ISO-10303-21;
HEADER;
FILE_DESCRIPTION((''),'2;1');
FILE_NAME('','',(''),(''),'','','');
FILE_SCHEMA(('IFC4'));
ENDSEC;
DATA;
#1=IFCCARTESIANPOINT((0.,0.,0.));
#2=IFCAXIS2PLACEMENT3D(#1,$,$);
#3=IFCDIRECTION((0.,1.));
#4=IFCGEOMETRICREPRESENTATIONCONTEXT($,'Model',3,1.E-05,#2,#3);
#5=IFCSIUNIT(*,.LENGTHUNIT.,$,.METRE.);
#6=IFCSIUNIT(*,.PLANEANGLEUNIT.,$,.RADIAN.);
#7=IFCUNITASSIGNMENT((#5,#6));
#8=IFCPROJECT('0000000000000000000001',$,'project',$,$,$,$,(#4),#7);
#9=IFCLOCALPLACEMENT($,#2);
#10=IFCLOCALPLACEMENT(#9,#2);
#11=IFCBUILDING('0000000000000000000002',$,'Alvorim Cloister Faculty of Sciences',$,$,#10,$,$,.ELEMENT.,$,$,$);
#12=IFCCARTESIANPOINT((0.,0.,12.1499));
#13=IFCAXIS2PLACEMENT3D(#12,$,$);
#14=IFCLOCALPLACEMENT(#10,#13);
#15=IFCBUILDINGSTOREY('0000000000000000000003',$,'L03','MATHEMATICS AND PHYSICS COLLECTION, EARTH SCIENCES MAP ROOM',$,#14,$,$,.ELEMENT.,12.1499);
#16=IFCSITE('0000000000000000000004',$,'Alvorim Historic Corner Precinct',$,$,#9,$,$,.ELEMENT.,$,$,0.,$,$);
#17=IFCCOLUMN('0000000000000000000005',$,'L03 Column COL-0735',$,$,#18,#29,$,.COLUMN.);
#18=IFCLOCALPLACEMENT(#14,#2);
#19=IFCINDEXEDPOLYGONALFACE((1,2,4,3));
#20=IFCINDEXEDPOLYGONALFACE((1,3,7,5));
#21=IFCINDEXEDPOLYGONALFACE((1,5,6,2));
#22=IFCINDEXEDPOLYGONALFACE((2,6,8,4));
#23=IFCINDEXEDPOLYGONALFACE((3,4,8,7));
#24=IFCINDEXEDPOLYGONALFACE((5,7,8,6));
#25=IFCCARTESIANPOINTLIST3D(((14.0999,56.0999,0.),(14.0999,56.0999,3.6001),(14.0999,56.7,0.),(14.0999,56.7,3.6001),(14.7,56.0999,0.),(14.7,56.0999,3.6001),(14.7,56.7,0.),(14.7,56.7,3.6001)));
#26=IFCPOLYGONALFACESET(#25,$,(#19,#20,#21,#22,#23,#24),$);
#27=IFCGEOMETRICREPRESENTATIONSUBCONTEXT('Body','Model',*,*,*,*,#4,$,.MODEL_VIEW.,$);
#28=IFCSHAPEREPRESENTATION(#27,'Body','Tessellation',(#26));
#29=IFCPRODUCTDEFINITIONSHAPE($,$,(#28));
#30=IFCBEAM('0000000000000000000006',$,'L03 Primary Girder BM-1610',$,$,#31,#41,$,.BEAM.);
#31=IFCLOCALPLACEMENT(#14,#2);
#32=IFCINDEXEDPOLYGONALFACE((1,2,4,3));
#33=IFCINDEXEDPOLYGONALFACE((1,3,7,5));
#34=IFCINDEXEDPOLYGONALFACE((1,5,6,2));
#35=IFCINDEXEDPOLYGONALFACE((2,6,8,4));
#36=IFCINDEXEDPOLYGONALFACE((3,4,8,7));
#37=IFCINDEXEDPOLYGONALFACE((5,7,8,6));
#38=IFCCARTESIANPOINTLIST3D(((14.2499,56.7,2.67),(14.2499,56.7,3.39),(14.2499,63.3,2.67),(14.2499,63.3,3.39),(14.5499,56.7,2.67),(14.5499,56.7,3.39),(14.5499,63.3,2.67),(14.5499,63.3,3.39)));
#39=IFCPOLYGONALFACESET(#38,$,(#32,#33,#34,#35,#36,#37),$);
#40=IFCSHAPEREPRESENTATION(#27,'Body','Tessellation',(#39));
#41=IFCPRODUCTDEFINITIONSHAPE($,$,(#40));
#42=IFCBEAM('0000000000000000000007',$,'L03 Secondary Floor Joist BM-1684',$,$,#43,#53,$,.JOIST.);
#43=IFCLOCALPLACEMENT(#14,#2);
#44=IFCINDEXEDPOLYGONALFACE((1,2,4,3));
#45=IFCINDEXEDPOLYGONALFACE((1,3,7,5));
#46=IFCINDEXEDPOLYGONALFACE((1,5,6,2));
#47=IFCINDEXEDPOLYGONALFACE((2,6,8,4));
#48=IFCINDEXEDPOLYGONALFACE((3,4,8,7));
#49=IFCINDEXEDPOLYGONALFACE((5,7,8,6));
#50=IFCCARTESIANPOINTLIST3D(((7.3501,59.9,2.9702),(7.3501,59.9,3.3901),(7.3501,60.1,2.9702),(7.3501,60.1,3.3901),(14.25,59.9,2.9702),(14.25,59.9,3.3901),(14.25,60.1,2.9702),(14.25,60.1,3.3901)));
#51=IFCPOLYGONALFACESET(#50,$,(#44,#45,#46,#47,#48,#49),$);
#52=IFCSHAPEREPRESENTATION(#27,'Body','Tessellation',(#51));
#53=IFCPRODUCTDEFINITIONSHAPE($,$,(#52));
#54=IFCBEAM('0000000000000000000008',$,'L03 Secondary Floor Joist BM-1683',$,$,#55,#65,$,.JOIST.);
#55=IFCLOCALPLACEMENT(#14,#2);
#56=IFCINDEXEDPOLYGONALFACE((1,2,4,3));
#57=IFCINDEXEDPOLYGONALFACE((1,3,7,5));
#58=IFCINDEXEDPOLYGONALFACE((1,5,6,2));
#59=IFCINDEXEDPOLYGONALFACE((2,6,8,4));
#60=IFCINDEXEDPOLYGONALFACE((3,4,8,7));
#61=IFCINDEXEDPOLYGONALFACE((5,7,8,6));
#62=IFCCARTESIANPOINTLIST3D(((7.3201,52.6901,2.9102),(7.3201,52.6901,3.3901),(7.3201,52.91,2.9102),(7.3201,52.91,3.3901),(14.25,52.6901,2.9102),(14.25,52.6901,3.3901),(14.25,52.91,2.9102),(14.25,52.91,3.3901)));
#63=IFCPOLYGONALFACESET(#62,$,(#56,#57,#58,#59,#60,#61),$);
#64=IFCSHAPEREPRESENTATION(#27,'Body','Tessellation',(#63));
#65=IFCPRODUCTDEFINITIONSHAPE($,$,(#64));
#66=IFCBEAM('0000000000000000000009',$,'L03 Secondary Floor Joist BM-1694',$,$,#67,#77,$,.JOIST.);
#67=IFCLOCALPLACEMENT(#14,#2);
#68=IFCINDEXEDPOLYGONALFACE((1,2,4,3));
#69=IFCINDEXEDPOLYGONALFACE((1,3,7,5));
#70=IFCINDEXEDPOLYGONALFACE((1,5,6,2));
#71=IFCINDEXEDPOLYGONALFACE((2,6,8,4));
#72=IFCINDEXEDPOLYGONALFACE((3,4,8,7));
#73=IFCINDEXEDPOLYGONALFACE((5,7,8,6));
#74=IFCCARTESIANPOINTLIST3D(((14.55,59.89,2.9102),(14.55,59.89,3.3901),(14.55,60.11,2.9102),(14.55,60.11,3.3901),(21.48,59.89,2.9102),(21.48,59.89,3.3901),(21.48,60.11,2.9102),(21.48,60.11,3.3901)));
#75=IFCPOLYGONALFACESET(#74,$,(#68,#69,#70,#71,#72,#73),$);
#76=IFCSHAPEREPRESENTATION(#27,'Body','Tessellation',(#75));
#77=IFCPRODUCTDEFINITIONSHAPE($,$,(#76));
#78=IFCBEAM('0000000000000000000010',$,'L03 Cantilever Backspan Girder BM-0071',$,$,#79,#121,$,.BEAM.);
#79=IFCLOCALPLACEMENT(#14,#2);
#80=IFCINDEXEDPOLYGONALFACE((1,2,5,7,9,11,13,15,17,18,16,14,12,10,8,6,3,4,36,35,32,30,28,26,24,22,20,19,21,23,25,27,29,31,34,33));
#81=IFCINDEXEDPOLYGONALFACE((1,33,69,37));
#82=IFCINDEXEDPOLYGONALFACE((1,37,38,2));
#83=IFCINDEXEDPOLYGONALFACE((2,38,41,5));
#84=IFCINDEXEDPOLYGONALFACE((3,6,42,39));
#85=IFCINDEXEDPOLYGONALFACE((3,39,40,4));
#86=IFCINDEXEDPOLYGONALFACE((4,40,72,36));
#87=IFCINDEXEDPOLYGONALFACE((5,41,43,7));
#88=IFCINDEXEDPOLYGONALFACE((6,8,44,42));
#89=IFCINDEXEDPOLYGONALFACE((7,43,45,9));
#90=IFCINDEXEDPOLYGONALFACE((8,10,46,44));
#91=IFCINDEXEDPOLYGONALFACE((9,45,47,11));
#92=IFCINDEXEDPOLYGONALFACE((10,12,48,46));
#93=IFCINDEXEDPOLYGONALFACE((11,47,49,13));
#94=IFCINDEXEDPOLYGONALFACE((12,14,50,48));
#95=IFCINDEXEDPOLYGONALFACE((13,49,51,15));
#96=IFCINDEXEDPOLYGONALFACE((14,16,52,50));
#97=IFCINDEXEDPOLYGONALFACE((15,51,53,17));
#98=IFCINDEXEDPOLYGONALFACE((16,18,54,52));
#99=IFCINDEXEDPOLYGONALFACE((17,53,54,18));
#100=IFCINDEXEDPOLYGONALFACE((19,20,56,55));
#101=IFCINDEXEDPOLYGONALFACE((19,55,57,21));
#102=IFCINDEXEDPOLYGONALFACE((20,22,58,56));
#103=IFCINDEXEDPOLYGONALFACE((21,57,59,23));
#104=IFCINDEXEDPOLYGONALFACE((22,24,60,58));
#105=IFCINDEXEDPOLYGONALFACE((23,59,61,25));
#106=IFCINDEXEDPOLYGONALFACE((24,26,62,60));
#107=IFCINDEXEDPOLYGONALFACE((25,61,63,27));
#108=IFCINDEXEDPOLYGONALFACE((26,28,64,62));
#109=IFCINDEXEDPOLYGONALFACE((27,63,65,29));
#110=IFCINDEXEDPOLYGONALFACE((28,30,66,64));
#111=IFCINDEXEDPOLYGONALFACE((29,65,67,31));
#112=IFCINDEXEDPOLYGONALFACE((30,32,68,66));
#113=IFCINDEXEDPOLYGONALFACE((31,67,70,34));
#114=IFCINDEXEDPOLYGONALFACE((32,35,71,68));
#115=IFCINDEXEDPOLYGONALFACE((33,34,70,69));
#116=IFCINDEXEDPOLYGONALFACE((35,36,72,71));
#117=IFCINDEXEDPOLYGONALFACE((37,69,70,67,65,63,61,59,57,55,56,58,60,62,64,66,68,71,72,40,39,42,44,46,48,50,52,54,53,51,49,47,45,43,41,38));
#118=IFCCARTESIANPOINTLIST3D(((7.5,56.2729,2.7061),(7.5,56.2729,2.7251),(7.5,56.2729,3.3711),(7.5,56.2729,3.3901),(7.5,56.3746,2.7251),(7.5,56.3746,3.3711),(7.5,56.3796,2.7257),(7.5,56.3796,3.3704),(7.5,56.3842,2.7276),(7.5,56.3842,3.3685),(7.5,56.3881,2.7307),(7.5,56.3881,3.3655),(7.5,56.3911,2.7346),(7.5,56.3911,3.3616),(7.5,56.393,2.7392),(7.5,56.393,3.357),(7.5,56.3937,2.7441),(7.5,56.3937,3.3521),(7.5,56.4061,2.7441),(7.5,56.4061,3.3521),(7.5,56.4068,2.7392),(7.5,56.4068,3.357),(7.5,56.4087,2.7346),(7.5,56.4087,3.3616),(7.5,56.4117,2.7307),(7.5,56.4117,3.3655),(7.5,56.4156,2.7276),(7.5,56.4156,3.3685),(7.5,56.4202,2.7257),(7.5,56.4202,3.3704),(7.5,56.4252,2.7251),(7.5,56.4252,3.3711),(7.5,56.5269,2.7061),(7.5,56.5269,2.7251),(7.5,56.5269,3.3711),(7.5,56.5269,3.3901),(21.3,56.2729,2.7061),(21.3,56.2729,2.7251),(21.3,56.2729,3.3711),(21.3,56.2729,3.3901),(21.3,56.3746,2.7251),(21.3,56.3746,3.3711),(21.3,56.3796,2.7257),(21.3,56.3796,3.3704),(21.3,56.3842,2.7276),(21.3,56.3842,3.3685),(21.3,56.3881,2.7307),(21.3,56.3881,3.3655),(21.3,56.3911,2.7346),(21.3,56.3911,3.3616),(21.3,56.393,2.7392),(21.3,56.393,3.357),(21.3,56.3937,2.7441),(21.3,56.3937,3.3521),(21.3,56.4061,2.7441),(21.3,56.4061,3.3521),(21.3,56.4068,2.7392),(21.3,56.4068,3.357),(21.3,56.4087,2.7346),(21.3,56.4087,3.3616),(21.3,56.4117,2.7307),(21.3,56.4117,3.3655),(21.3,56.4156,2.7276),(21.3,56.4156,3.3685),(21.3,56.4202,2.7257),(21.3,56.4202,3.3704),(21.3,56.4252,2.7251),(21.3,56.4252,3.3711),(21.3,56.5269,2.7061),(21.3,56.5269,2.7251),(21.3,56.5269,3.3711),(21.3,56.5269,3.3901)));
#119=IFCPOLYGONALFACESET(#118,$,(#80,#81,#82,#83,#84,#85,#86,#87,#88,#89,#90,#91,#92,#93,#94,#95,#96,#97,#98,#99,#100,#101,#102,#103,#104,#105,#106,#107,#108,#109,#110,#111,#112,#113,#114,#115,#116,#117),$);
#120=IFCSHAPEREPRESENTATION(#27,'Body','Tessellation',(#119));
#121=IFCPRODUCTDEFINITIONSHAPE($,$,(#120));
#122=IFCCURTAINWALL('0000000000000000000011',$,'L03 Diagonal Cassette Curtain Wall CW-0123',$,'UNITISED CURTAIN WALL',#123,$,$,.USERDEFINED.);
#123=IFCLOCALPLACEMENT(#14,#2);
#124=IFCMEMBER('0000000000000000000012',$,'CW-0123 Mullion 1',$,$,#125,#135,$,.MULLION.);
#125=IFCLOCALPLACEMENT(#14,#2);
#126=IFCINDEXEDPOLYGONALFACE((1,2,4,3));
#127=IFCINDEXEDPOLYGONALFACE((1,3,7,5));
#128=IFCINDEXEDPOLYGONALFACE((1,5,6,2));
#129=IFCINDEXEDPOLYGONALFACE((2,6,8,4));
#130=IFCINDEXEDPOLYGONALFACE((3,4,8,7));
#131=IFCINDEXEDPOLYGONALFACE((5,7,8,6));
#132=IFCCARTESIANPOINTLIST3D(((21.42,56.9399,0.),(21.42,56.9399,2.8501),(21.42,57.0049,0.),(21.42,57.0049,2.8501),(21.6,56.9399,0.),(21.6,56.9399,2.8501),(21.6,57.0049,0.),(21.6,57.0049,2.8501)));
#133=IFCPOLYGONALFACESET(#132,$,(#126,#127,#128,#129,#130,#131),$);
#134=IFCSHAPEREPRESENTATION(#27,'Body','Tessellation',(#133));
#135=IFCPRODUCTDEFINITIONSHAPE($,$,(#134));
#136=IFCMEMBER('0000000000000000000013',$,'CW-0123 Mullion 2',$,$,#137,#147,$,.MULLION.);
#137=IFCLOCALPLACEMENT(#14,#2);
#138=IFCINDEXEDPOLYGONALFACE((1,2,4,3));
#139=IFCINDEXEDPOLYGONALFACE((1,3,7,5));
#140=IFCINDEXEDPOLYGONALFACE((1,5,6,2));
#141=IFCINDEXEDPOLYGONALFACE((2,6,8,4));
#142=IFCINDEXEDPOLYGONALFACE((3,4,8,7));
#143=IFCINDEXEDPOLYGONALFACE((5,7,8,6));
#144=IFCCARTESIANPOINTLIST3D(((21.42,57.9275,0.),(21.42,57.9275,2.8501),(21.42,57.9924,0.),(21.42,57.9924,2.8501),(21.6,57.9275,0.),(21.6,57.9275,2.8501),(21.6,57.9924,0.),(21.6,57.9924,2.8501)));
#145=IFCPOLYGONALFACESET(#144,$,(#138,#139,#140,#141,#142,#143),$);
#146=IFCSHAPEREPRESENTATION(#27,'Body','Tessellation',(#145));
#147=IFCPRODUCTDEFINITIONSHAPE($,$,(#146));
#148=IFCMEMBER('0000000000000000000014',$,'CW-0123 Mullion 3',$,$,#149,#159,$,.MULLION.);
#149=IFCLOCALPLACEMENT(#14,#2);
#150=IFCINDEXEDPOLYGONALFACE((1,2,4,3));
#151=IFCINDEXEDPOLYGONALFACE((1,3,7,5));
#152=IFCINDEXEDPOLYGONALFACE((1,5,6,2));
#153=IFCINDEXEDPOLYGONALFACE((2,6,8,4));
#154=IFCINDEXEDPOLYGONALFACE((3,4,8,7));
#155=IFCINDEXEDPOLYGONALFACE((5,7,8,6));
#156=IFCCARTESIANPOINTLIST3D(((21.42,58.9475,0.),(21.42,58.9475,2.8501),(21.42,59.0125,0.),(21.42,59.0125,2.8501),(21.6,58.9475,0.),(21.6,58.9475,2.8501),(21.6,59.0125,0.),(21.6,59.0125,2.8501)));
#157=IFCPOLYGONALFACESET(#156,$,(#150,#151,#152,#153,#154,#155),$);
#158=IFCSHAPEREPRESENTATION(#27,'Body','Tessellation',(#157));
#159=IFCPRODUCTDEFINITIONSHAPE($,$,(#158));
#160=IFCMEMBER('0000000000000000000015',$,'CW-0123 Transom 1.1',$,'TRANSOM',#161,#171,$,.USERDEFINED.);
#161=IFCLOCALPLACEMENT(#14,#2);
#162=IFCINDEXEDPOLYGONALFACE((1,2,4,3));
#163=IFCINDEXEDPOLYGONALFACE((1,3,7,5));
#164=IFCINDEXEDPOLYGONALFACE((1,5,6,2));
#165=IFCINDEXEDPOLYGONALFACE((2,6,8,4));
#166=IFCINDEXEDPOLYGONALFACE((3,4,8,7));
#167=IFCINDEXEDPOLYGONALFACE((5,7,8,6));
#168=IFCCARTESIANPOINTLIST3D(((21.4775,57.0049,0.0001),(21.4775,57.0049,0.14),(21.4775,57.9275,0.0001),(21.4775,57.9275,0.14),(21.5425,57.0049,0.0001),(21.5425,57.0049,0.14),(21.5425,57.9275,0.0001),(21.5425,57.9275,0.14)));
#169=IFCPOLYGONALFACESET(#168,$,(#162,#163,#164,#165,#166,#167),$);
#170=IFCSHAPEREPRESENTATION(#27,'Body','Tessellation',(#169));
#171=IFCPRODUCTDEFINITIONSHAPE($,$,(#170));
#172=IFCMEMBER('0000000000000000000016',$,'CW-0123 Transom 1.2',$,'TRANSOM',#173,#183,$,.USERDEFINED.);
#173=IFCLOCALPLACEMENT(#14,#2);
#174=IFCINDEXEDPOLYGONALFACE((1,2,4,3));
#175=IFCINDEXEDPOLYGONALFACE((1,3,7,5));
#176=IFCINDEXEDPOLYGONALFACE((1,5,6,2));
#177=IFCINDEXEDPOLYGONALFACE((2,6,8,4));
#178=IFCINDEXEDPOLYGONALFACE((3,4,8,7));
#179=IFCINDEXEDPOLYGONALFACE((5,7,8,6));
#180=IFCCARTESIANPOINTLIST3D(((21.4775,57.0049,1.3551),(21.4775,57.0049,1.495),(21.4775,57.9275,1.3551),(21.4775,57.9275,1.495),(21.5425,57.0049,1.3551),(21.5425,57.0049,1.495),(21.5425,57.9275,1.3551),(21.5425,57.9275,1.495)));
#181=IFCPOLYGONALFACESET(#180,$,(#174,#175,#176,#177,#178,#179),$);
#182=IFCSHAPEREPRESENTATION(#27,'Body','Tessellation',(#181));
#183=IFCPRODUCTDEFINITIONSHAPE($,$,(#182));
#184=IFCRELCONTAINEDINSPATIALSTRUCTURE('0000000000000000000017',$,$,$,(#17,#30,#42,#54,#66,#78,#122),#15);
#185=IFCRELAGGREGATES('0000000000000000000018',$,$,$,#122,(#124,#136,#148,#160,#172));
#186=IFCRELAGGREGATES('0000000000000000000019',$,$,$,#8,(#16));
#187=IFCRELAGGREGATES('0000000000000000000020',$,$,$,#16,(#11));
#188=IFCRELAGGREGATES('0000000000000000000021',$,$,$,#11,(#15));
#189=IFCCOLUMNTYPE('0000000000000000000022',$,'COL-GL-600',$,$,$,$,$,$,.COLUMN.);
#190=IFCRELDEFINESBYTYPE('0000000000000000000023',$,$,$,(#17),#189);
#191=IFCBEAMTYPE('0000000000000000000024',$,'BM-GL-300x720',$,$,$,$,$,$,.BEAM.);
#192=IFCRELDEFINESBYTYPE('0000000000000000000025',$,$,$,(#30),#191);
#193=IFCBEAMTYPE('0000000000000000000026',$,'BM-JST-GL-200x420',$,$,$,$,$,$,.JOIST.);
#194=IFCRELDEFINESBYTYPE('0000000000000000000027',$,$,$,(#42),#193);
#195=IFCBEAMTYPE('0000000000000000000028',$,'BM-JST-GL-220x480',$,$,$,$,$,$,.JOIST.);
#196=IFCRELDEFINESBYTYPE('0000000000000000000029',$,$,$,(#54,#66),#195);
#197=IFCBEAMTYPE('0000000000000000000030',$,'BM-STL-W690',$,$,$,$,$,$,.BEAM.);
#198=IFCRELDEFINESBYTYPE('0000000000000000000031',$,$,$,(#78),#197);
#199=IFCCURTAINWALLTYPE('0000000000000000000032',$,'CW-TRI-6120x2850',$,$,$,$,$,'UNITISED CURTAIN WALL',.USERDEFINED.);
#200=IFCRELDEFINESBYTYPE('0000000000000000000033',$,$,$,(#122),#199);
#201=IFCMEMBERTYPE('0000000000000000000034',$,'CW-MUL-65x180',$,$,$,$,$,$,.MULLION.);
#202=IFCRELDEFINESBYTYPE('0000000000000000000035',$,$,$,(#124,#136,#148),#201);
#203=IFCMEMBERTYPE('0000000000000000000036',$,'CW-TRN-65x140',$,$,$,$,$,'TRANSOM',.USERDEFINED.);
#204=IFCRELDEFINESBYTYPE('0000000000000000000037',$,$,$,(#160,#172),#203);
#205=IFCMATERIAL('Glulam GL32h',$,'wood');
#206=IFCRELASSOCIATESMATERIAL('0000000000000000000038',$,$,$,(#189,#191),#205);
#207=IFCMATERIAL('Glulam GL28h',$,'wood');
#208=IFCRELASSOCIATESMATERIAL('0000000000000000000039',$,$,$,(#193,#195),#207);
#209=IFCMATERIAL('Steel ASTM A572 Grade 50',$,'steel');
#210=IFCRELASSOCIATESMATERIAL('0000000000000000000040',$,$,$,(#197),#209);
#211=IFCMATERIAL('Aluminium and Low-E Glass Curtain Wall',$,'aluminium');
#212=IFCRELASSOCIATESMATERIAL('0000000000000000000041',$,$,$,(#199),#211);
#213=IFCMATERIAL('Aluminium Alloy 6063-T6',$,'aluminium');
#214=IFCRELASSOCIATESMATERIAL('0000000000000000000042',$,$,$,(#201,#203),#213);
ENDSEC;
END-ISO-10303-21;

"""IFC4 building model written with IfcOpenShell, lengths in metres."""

from ifc_helpers import new_model, si_unit, direction, frame, origin, origin_2d, place, context, subcontext, project, spatial, rectangle, i_section, extrude, material, material_profile, profile_set, type_object, element, aggregate, save


model = new_model("IFC4")

# Units and contexts
model_context = context("Model", 3, precision=1e-05, world=origin(), true_north=direction((0.0, 1.0)))
body_context = subcontext(model_context, "Body", "Model", "MODEL_VIEW")
ifc_project = project(units=[si_unit("LENGTHUNIT", "METRE"), si_unit("PLANEANGLEUNIT", "RADIAN")], contexts=[model_context])

# Site, building, storey
site_placement = place(None, origin())
site = spatial("IfcSite", under=ifc_project, at=site_placement, Name="Alvorim Historic Corner Precinct", CompositionType="ELEMENT", RefElevation=0.0)
building_placement = place(site_placement, origin())
building = spatial("IfcBuilding", under=site, at=building_placement, Name="Alvorim Cloister Faculty of Sciences", CompositionType="ELEMENT")
storey_placement = place(building_placement, frame((0.0, 0.0, 12.1499)))
storey = spatial("IfcBuildingStorey", under=building, at=storey_placement, Name="L03", Description="MATHEMATICS AND PHYSICS COLLECTION, EARTH SCIENCES MAP ROOM", CompositionType="ELEMENT", Elevation=12.1499)

# Column
ifc_material_1 = material(Name="Glulam GL32h", Category="wood")
ifc_material_profile_1 = material_profile(ifc_material_1, rectangle(XDim=0.6001, YDim=0.6001, at=origin_2d()), Name="GL32-COL-600x600")
ifc_profile_set_1 = profile_set([ifc_material_profile_1], Name="Glulam GL32h")
column_type = type_object("IfcColumnType", Name="COL-GL-600", PredefinedType="COLUMN", material=ifc_profile_set_1)
column_placement = place(storey_placement, frame((14.3999, 56.3999, 0.0), z_axis=(0.0, 0.0, 1.0), x_axis=(1.0, 0.0, 0.0)))
element("IfcColumn", 1, at=column_placement, inside=storey, type_object=column_type, Name="L03 Column COL-0735", PredefinedType="COLUMN", context=body_context, shape_type="SweptSolid", body=[
    extrude(rectangle(XDim=0.6001, YDim=0.6001, at=origin_2d()), origin(), (0.0, 0.0, 1.0), 3.6001),
])

# Beams
ifc_material_profile_2 = material_profile(ifc_material_1, rectangle(XDim=0.3, YDim=0.72, at=origin_2d()), Name="GL32-BM-300x720")
ifc_profile_set_2 = profile_set([ifc_material_profile_2], Name="Glulam GL32h")
beam_type_1 = type_object("IfcBeamType", Name="BM-GL-300x720", PredefinedType="BEAM", material=ifc_profile_set_2)
beam_1_placement = place(storey_placement, frame((14.3999, 56.7, 3.03), z_axis=(0.0, 1.0, 0.0), x_axis=(-1.0, 0.0, 0.0)))
element("IfcBeam", 2, at=beam_1_placement, inside=storey, type_object=beam_type_1, Name="L03 Primary Girder BM-1610", PredefinedType="BEAM", context=body_context, shape_type="SweptSolid", body=[
    extrude(rectangle(XDim=0.3, YDim=0.72, at=origin_2d()), origin(), (0.0, 0.0, 1.0), 6.6001),
])
ifc_material_2 = material(Name="Glulam GL28h", Category="wood")
ifc_material_profile_3 = material_profile(ifc_material_2, rectangle(XDim=0.2, YDim=0.4199, at=origin_2d()), Name="GL28-JST-200x420")
ifc_profile_set_3 = profile_set([ifc_material_profile_3], Name="Glulam GL28h")
beam_type_2 = type_object("IfcBeamType", Name="BM-JST-GL-200x420", PredefinedType="JOIST", material=ifc_profile_set_3)
beam_2_placement = place(storey_placement, frame((7.3501, 60.0, 3.1802), z_axis=(1.0, 0.0, 0.0), x_axis=(0.0, 1.0, 0.0)))
element("IfcBeam", 3, at=beam_2_placement, inside=storey, type_object=beam_type_2, Name="L03 Secondary Floor Joist BM-1684", PredefinedType="JOIST", context=body_context, shape_type="SweptSolid", body=[
    extrude(rectangle(XDim=0.2, YDim=0.4199, at=origin_2d()), origin(), (0.0, 0.0, 1.0), 6.8999),
])
ifc_material_profile_4 = material_profile(ifc_material_2, rectangle(XDim=0.22, YDim=0.48, at=origin_2d()), Name="GL28-JST-220x480")
ifc_profile_set_4 = profile_set([ifc_material_profile_4], Name="Glulam GL28h")
beam_type_3 = type_object("IfcBeamType", Name="BM-JST-GL-220x480", PredefinedType="JOIST", material=ifc_profile_set_4)
for number, where, z_axis, x_axis, name in (
    (4, (7.3201, 52.8, 3.1501), (1.0, 0.0, 0.0), (0.0, 1.0, 0.0), "L03 Secondary Floor Joist BM-1683"),
    (5, (14.55, 60.0, 3.1501), (1.0, 0.0, 0.0), (0.0, 1.0, 0.0), "L03 Secondary Floor Joist BM-1694"),
):
    element("IfcBeam", number, at=place(storey_placement, frame(where, z_axis=z_axis, x_axis=x_axis)), inside=storey, type_object=beam_type_3, Name=name, PredefinedType="JOIST", context=body_context, shape_type="SweptSolid", body=[
        extrude(rectangle(XDim=0.22, YDim=0.48, at=origin_2d()), origin(), (0.0, 0.0, 1.0), 6.9299),
    ])
ifc_material_3 = material(Name="Steel ASTM A572 Grade 50", Category="steel")
ifc_material_profile_5 = material_profile(ifc_material_3, i_section(OverallWidth=0.2539, OverallDepth=0.6841, WebThickness=0.0125, FlangeThickness=0.019, FilletRadius=0.019, at=origin_2d()), Name="W690x140.0")
ifc_profile_set_5 = profile_set([ifc_material_profile_5], Name="Steel ASTM A572 Grade 50")
beam_type_4 = type_object("IfcBeamType", Name="BM-STL-W690", PredefinedType="BEAM", material=ifc_profile_set_5)
beam_3_placement = place(storey_placement, frame((7.5, 56.3999, 3.0481), z_axis=(1.0, 0.0, 0.0), x_axis=(0.0, 1.0, 0.0)))
element("IfcBeam", 6, at=beam_3_placement, inside=storey, type_object=beam_type_4, Name="L03 Cantilever Backspan Girder BM-0071", PredefinedType="BEAM", context=body_context, shape_type="SweptSolid", body=[
    extrude(i_section(OverallWidth=0.2539, OverallDepth=0.6841, WebThickness=0.0125, FlangeThickness=0.019, FilletRadius=0.019, at=origin_2d()), origin(), (0.0, 0.0, 1.0), 13.8),
])

# Curtain wall, members
ifc_material_4 = material(Name="Aluminium and Low-E Glass Curtain Wall", Category="aluminium")
curtain_wall_type = type_object("IfcCurtainWallType", Name="CW-TRI-6120x2850", ElementType="UNITISED CURTAIN WALL", PredefinedType="USERDEFINED", material=ifc_material_4)
curtain_wall_placement = place(storey_placement, origin())
curtain_wall = element("IfcCurtainWall", 7, at=curtain_wall_placement, inside=storey, type_object=curtain_wall_type, Name="L03 Diagonal Cassette Curtain Wall CW-0123", ObjectType="UNITISED CURTAIN WALL", PredefinedType="USERDEFINED")
ifc_material_5 = material(Name="Aluminium Alloy 6063-T6", Category="aluminium")
ifc_material_profile_6 = material_profile(ifc_material_5, rectangle(XDim=0.0649, YDim=0.1799, at=origin_2d()), Name="ALU-MUL-65x180")
ifc_profile_set_6 = profile_set([ifc_material_profile_6], Name="Aluminium Alloy 6063-T6")
member_type_1 = type_object("IfcMemberType", Name="CW-MUL-65x180", PredefinedType="MULLION", material=ifc_profile_set_6)
member_1_placement = place(storey_placement, frame((21.51, 56.9724, 0.0), z_axis=(0.0, 0.0, 1.0), x_axis=(0.0, 1.0, 0.0)))
member_1 = element("IfcMember", 8, at=member_1_placement, type_object=member_type_1, Name="CW-0123 Mullion 1", PredefinedType="MULLION", context=body_context, shape_type="SweptSolid", body=[
    extrude(rectangle(XDim=0.0649, YDim=0.1799, at=origin_2d()), origin(), (0.0, 0.0, 1.0), 2.8501),
])
member_2_placement = place(storey_placement, frame((21.51, 57.96, 0.0), z_axis=(0.0, 0.0, 1.0), x_axis=(0.0, 1.0, 0.0)))
member_2 = element("IfcMember", 9, at=member_2_placement, type_object=member_type_1, Name="CW-0123 Mullion 2", PredefinedType="MULLION", context=body_context, shape_type="SweptSolid", body=[
    extrude(rectangle(XDim=0.0649, YDim=0.1799, at=origin_2d()), origin(), (0.0, 0.0, 1.0), 2.8501),
])
member_3_placement = place(storey_placement, frame((21.51, 58.98, 0.0), z_axis=(0.0, 0.0, 1.0), x_axis=(0.0, 1.0, 0.0)))
member_3 = element("IfcMember", 10, at=member_3_placement, type_object=member_type_1, Name="CW-0123 Mullion 3", PredefinedType="MULLION", context=body_context, shape_type="SweptSolid", body=[
    extrude(rectangle(XDim=0.0649, YDim=0.1799, at=origin_2d()), origin(), (0.0, 0.0, 1.0), 2.8501),
])
ifc_material_profile_7 = material_profile(ifc_material_5, rectangle(XDim=0.0649, YDim=0.1399, at=origin_2d()), Name="ALU-TRN-65x140")
ifc_profile_set_7 = profile_set([ifc_material_profile_7], Name="Aluminium Alloy 6063-T6")
member_type_2 = type_object("IfcMemberType", Name="CW-TRN-65x140", ElementType="TRANSOM", PredefinedType="USERDEFINED", material=ifc_profile_set_7)
member_4_placement = place(storey_placement, frame((21.51, 57.0049, 0.0701), z_axis=(0.0, 1.0, 0.0), x_axis=(-1.0, 0.0, 0.0)))
member_4 = element("IfcMember", 11, at=member_4_placement, type_object=member_type_2, Name="CW-0123 Transom 1.1", ObjectType="TRANSOM", PredefinedType="USERDEFINED", context=body_context, shape_type="SweptSolid", body=[
    extrude(rectangle(XDim=0.0649, YDim=0.1399, at=origin_2d()), origin(), (0.0, 0.0, 1.0), 0.9226),
])
member_5_placement = place(storey_placement, frame((21.51, 57.0049, 1.425), z_axis=(0.0, 1.0, 0.0), x_axis=(-1.0, 0.0, 0.0)))
member_5 = element("IfcMember", 12, at=member_5_placement, type_object=member_type_2, Name="CW-0123 Transom 1.2", ObjectType="TRANSOM", PredefinedType="USERDEFINED", context=body_context, shape_type="SweptSolid", body=[
    extrude(rectangle(XDim=0.0649, YDim=0.1399, at=origin_2d()), origin(), (0.0, 0.0, 1.0), 0.9226),
])
aggregate(curtain_wall, [member_1, member_2, member_3, member_4, member_5])

save(model, "model.ifc")
